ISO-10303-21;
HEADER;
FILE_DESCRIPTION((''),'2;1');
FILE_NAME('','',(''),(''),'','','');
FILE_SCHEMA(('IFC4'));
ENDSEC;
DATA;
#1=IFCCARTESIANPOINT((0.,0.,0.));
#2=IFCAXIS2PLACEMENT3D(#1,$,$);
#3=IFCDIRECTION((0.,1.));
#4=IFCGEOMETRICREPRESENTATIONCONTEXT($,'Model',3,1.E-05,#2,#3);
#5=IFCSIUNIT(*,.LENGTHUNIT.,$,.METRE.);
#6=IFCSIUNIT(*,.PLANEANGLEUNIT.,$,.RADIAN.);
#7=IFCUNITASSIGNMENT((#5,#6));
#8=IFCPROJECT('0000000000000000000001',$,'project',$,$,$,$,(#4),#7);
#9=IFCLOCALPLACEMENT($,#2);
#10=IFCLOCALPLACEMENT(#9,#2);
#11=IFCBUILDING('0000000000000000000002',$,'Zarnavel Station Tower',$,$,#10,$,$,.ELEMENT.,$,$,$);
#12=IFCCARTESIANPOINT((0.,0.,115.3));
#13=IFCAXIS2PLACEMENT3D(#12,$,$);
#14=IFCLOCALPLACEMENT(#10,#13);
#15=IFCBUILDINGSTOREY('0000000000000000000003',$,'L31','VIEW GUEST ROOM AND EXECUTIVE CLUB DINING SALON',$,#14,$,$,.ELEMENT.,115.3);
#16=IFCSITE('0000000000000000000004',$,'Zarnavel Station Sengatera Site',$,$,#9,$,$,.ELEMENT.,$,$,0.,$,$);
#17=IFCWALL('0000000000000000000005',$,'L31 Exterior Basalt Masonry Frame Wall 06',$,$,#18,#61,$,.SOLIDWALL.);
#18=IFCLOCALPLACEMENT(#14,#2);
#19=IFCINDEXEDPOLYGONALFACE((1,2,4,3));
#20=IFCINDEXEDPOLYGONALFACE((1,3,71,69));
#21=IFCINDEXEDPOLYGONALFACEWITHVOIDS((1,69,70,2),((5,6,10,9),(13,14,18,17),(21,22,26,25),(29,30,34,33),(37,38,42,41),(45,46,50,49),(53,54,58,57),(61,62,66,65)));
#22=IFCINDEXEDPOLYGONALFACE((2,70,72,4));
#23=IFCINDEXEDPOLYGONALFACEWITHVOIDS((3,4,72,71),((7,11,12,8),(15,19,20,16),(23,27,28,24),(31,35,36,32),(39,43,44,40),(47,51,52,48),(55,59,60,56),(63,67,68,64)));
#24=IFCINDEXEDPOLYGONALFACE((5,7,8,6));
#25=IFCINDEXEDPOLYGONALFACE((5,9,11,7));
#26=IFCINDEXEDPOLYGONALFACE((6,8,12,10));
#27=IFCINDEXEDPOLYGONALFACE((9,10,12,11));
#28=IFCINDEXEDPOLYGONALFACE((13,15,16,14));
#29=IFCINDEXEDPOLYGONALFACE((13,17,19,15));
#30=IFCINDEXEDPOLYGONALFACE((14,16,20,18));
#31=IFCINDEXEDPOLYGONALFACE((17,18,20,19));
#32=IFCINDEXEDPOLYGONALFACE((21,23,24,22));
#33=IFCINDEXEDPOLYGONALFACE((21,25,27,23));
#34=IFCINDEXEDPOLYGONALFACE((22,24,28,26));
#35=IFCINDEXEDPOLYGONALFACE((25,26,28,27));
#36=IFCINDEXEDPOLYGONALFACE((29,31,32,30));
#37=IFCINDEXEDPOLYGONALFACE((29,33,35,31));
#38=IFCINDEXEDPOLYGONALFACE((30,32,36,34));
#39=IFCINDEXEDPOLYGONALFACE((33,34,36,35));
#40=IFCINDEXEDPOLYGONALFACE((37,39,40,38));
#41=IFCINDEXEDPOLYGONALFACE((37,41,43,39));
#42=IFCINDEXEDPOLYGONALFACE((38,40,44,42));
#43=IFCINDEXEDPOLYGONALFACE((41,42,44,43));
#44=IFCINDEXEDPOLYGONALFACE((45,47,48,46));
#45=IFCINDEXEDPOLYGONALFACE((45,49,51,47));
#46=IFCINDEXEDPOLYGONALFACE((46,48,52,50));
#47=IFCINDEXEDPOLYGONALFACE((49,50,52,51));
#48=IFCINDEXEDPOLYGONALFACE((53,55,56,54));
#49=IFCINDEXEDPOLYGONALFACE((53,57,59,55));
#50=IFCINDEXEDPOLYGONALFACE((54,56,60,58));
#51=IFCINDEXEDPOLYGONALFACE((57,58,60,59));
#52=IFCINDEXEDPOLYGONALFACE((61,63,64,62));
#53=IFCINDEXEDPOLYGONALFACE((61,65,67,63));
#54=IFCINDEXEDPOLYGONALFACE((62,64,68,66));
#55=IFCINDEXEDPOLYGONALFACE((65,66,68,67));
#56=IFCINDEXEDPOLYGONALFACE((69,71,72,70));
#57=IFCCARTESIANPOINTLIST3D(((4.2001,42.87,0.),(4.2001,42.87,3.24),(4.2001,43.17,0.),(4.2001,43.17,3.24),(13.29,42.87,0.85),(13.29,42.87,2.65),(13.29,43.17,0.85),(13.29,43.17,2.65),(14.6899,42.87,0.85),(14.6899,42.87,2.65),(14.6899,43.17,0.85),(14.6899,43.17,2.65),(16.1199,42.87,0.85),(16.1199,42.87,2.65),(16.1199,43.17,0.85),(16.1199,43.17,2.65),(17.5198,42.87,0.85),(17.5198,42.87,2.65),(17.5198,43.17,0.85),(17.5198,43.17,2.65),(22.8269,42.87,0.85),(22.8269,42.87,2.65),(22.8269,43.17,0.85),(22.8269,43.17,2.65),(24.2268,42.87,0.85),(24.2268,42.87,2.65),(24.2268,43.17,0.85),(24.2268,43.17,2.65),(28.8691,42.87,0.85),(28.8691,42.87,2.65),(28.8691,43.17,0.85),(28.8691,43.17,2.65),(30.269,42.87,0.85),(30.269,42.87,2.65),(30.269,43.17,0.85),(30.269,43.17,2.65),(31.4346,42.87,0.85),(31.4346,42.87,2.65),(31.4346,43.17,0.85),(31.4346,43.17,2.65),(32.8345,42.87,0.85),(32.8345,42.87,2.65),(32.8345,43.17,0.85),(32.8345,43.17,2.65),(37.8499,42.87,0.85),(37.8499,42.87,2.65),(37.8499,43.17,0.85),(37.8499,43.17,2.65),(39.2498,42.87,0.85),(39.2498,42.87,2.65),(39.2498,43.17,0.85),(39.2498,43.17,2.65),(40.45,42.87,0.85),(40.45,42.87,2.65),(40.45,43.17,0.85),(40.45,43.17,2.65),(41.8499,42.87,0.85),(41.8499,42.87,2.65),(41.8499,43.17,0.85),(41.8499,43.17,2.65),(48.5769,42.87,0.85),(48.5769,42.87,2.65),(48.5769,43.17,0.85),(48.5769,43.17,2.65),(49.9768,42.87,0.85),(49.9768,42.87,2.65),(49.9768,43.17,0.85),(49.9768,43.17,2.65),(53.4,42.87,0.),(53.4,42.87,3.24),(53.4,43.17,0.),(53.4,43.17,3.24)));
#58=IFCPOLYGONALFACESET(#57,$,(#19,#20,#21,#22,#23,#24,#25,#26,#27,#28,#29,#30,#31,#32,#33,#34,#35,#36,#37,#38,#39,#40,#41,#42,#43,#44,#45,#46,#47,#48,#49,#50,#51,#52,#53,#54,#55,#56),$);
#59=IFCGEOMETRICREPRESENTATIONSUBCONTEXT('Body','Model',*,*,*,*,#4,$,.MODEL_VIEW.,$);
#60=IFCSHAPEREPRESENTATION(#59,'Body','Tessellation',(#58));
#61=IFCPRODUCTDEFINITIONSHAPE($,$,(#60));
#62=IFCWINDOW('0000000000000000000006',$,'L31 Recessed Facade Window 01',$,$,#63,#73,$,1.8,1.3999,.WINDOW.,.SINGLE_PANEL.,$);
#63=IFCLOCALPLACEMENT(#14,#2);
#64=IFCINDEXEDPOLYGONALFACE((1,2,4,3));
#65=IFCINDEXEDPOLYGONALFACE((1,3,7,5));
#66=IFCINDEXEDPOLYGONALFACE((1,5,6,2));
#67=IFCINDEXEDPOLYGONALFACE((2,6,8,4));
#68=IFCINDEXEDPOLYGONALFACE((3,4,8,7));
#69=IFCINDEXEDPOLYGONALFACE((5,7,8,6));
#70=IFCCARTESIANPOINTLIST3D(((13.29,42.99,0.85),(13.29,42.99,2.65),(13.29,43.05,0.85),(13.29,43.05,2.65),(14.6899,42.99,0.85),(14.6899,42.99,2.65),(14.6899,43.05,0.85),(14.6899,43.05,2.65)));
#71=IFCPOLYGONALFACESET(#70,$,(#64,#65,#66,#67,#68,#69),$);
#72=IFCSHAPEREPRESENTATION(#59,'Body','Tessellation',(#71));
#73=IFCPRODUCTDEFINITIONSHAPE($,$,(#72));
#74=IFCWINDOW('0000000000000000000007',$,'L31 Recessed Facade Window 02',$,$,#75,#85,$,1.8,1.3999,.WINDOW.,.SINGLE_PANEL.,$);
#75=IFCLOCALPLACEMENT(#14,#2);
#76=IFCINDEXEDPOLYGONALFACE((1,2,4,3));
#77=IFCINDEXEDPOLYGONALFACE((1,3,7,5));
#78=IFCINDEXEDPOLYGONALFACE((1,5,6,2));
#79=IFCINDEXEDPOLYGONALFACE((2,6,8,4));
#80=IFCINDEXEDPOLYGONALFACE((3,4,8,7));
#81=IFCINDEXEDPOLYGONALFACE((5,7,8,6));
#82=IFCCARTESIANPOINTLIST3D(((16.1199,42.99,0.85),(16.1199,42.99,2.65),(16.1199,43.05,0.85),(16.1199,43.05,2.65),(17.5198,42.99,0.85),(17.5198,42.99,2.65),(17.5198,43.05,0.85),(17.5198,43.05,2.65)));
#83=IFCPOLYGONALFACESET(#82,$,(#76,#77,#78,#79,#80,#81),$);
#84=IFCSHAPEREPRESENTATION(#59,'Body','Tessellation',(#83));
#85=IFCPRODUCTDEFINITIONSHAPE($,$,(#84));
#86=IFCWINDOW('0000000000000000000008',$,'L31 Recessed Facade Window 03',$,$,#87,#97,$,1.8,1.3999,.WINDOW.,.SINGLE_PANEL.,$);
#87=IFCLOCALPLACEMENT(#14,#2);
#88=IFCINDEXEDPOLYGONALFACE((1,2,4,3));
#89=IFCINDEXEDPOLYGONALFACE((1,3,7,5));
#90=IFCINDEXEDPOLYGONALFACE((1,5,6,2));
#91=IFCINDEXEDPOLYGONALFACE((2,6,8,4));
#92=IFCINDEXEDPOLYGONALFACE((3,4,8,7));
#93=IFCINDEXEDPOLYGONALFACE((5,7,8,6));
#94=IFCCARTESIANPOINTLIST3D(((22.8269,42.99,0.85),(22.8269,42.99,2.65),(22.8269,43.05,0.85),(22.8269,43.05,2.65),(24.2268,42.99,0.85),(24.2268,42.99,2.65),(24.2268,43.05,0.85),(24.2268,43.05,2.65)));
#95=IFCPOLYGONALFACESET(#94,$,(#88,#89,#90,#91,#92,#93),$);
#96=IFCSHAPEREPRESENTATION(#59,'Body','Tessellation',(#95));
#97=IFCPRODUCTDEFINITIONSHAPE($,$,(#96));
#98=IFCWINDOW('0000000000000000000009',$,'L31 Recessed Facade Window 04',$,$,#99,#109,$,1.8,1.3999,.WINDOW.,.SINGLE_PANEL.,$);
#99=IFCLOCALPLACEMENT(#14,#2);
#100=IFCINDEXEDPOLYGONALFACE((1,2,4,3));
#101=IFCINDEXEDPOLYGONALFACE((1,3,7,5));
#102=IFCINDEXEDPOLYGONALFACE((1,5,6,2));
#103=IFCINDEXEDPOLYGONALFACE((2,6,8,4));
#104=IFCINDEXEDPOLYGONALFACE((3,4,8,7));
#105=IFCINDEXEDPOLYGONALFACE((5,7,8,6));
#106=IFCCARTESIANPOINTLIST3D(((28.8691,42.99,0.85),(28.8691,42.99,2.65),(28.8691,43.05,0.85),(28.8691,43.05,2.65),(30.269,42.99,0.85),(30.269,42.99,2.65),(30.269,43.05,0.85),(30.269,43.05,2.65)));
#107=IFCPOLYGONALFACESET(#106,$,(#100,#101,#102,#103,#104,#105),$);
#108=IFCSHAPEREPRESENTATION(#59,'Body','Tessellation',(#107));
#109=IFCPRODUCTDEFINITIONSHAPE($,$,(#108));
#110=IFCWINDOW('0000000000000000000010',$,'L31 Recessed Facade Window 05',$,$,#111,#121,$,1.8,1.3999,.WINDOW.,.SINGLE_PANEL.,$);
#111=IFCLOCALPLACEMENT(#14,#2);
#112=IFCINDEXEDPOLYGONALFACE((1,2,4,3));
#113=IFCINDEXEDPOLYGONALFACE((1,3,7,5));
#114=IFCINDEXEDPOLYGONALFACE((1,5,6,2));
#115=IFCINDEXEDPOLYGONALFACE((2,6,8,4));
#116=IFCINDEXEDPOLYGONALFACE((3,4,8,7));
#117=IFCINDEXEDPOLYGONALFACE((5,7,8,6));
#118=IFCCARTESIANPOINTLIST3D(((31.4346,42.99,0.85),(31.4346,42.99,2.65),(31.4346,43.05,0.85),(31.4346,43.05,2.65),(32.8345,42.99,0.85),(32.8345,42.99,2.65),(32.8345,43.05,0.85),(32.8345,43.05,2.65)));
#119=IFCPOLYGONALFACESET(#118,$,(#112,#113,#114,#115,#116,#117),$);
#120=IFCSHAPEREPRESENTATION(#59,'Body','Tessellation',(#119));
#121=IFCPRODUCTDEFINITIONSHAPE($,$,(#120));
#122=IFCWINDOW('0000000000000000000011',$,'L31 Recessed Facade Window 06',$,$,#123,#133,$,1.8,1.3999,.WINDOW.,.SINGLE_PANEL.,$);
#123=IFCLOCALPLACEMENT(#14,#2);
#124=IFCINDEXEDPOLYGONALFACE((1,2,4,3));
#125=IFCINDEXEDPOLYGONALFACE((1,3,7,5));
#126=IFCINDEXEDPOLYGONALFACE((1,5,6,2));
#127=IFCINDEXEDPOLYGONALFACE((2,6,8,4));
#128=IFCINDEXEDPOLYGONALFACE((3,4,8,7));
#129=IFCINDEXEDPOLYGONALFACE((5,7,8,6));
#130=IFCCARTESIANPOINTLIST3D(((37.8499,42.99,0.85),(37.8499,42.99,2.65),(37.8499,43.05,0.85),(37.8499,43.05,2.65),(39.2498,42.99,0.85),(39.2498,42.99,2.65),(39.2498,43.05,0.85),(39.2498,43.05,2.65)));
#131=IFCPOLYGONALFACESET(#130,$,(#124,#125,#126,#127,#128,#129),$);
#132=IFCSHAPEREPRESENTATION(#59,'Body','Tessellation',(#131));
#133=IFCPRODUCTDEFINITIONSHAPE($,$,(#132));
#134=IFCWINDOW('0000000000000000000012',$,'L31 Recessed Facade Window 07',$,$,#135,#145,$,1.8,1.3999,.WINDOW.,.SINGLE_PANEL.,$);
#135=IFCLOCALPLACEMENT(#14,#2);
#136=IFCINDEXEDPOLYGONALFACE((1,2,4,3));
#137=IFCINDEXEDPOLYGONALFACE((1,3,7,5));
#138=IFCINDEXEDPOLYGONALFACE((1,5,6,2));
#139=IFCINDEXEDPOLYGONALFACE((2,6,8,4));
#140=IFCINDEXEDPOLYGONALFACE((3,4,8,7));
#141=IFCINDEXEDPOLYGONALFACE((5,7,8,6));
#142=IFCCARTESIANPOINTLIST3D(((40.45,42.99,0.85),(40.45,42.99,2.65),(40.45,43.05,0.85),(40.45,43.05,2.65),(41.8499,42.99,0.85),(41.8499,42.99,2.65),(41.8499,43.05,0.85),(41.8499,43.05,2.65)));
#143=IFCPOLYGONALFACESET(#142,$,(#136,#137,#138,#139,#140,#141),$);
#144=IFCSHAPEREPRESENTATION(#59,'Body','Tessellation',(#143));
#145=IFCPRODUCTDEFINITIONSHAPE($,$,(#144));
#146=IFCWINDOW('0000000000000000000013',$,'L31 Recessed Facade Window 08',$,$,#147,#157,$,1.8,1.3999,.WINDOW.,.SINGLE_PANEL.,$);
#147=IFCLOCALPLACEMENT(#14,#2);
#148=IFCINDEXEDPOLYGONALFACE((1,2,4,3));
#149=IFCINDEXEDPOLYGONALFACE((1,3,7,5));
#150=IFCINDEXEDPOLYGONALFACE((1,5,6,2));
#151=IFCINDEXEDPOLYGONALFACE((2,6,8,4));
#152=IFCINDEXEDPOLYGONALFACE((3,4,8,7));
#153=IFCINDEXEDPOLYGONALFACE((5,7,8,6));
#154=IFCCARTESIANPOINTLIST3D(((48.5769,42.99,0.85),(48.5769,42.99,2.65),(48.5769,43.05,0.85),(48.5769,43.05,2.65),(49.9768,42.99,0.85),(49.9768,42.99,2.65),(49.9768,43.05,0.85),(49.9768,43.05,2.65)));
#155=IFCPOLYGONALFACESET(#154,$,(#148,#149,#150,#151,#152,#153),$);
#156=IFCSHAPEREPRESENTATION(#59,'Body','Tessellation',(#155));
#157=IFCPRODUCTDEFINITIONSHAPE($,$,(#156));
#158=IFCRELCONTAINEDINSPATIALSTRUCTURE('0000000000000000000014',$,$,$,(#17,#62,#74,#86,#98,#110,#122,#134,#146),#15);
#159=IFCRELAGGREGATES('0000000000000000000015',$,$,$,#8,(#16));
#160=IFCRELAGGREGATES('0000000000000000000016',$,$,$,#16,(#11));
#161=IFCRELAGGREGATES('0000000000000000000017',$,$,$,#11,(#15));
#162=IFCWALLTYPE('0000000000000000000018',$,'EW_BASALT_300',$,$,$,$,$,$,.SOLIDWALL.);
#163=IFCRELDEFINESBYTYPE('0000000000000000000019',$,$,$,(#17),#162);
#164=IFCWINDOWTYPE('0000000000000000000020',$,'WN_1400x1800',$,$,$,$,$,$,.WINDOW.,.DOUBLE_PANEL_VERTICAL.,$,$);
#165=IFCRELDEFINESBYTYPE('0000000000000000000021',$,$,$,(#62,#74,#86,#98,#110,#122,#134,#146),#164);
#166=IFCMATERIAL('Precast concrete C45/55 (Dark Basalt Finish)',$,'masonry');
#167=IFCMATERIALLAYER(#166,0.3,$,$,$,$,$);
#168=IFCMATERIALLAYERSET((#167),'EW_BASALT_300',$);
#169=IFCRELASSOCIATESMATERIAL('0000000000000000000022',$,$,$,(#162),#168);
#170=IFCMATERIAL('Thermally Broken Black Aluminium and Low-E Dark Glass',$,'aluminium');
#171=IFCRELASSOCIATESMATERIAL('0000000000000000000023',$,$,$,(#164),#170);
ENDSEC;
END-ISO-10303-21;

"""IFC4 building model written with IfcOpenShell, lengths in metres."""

from ifc_helpers import new_model, si_unit, direction, frame, frame_2d, origin, place, context, subcontext, project, spatial, rectangle, extrude, material, layer, layer_set, type_object, element, fill, save


model = new_model("IFC4")

# Units and contexts
model_context = context("Model", 3, precision=1e-05, world=origin(), true_north=direction((0.0, 1.0)))
body_context = subcontext(model_context, "Body", "Model", "MODEL_VIEW")
ifc_project = project(units=[si_unit("LENGTHUNIT", "METRE"), si_unit("PLANEANGLEUNIT", "RADIAN")], contexts=[model_context])

# Site, building, storey
site_placement = place(None, origin())
site = spatial("IfcSite", under=ifc_project, at=site_placement, Name="Zarnavel Station Sengatera Site", CompositionType="ELEMENT", RefElevation=0.0)
building_placement = place(site_placement, origin())
building = spatial("IfcBuilding", under=site, at=building_placement, Name="Zarnavel Station Tower", CompositionType="ELEMENT")
storey_placement = place(building_placement, frame((0.0, 0.0, 115.3)))
storey = spatial("IfcBuildingStorey", under=building, at=storey_placement, Name="L31", Description="VIEW GUEST ROOM AND EXECUTIVE CLUB DINING SALON", CompositionType="ELEMENT", Elevation=115.3)

# Wall, openings, windows
ifc_material_1 = material(Name="Precast concrete C45/55 (Dark Basalt Finish)", Category="masonry")
ifc_layer_1 = layer(ifc_material_1, 0.3)
ifc_layer_set_1 = layer_set([ifc_layer_1], Name="EW_BASALT_300")
wall_type_1 = type_object("IfcWallType", Name="EW_BASALT_300", PredefinedType="SOLIDWALL", material=ifc_layer_set_1)
wall_1_placement = place(storey_placement, frame((4.2, 43.02, 0.0), z_axis=(0.0, 0.0, 1.0), x_axis=(1.0, 0.0, 0.0)))
wall_1 = element("IfcWall", 1, at=wall_1_placement, inside=storey, type_object=wall_type_1, Name="L31 Exterior Basalt Masonry Frame Wall 06", PredefinedType="SOLIDWALL", context=body_context, shape_type="SweptSolid", body=[
    extrude(rectangle(XDim=49.2, YDim=0.3, at=frame_2d((24.6001, 0.0))), origin(), (0.0, 0.0, 1.0), 3.24),
])
opening_1_placement = place(wall_1_placement, frame((9.0901, 0.0, 0.8501)))
opening_1 = element("IfcOpeningElement", 2, at=opening_1_placement, cuts=wall_1, PredefinedType="OPENING", context=body_context, shape_type="SweptSolid", body=[
    extrude(rectangle(XDim=1.3999, YDim=1.8, at=frame_2d((0.7, 0.8999))), frame((0.0, 0.1599, 0.0), z_axis=(0.0, -1.0, 0.0), x_axis=(1.0, 0.0, 0.0)), (0.0, 0.0, 1.0), 0.3201),
])
opening_2_placement = place(wall_1_placement, frame((11.9199, 0.0, 0.8501)))
opening_2 = element("IfcOpeningElement", 3, at=opening_2_placement, cuts=wall_1, PredefinedType="OPENING", context=body_context, shape_type="SweptSolid", body=[
    extrude(rectangle(XDim=1.3999, YDim=1.8, at=frame_2d((0.7, 0.8999))), frame((0.0, 0.1599, 0.0), z_axis=(0.0, -1.0, 0.0), x_axis=(1.0, 0.0, 0.0)), (0.0, 0.0, 1.0), 0.3201),
])
opening_3_placement = place(wall_1_placement, frame((18.627, 0.0, 0.8501)))
opening_3 = element("IfcOpeningElement", 4, at=opening_3_placement, cuts=wall_1, PredefinedType="OPENING", context=body_context, shape_type="SweptSolid", body=[
    extrude(rectangle(XDim=1.3999, YDim=1.8, at=frame_2d((0.7, 0.8999))), frame((0.0, 0.1599, 0.0), z_axis=(0.0, -1.0, 0.0), x_axis=(1.0, 0.0, 0.0)), (0.0, 0.0, 1.0), 0.3201),
])
opening_4_placement = place(wall_1_placement, frame((24.6692, 0.0, 0.8501)))
opening_4 = element("IfcOpeningElement", 5, at=opening_4_placement, cuts=wall_1, PredefinedType="OPENING", context=body_context, shape_type="SweptSolid", body=[
    extrude(rectangle(XDim=1.3999, YDim=1.8, at=frame_2d((0.7, 0.8999))), frame((0.0, 0.1599, 0.0), z_axis=(0.0, -1.0, 0.0), x_axis=(1.0, 0.0, 0.0)), (0.0, 0.0, 1.0), 0.3201),
])
opening_5_placement = place(wall_1_placement, frame((27.2346, 0.0, 0.8501)))
opening_5 = element("IfcOpeningElement", 6, at=opening_5_placement, cuts=wall_1, PredefinedType="OPENING", context=body_context, shape_type="SweptSolid", body=[
    extrude(rectangle(XDim=1.3999, YDim=1.8, at=frame_2d((0.7, 0.8999))), frame((0.0, 0.1599, 0.0), z_axis=(0.0, -1.0, 0.0), x_axis=(1.0, 0.0, 0.0)), (0.0, 0.0, 1.0), 0.3201),
])
opening_6_placement = place(wall_1_placement, frame((33.6499, 0.0, 0.8501)))
opening_6 = element("IfcOpeningElement", 7, at=opening_6_placement, cuts=wall_1, PredefinedType="OPENING", context=body_context, shape_type="SweptSolid", body=[
    extrude(rectangle(XDim=1.3999, YDim=1.8, at=frame_2d((0.7, 0.8999))), frame((0.0, 0.1599, 0.0), z_axis=(0.0, -1.0, 0.0), x_axis=(1.0, 0.0, 0.0)), (0.0, 0.0, 1.0), 0.3201),
])
opening_7_placement = place(wall_1_placement, frame((36.25, 0.0, 0.8501)))
opening_7 = element("IfcOpeningElement", 8, at=opening_7_placement, cuts=wall_1, PredefinedType="OPENING", context=body_context, shape_type="SweptSolid", body=[
    extrude(rectangle(XDim=1.3999, YDim=1.8, at=frame_2d((0.7, 0.8999))), frame((0.0, 0.1599, 0.0), z_axis=(0.0, -1.0, 0.0), x_axis=(1.0, 0.0, 0.0)), (0.0, 0.0, 1.0), 0.3201),
])
opening_8_placement = place(wall_1_placement, frame((44.377, 0.0, 0.8501)))
opening_8 = element("IfcOpeningElement", 9, at=opening_8_placement, cuts=wall_1, PredefinedType="OPENING", context=body_context, shape_type="SweptSolid", body=[
    extrude(rectangle(XDim=1.3999, YDim=1.8, at=frame_2d((0.7, 0.8999))), frame((0.0, 0.1599, 0.0), z_axis=(0.0, -1.0, 0.0), x_axis=(1.0, 0.0, 0.0)), (0.0, 0.0, 1.0), 0.3201),
])
ifc_material_2 = material(Name="Thermally Broken Black Aluminium and Low-E Dark Glass", Category="aluminium")
window_type = type_object("IfcWindowType", Name="WN_1400x1800", PartitioningType="DOUBLE_PANEL_VERTICAL", PredefinedType="WINDOW", material=ifc_material_2)
window_1_placement = place(opening_1_placement, origin())
window_1 = element("IfcWindow", 10, at=window_1_placement, inside=storey, type_object=window_type, Name="L31 Recessed Facade Window 01", OverallHeight=1.8, OverallWidth=1.3999, PartitioningType="SINGLE_PANEL", PredefinedType="WINDOW", context=body_context, shape_type="SweptSolid", body=[
    extrude(rectangle(XDim=1.3999, YDim=1.8, at=frame_2d((0.7, 0.8999))), frame((0.0, 0.03, 0.0), z_axis=(0.0, -1.0, 0.0), x_axis=(1.0, 0.0, 0.0)), (0.0, 0.0, 1.0), 0.0601),
])
fill(opening_1, window_1)
window_2_placement = place(opening_2_placement, origin())
window_2 = element("IfcWindow", 11, at=window_2_placement, inside=storey, type_object=window_type, Name="L31 Recessed Facade Window 02", OverallHeight=1.8, OverallWidth=1.3999, PartitioningType="SINGLE_PANEL", PredefinedType="WINDOW", context=body_context, shape_type="SweptSolid", body=[
    extrude(rectangle(XDim=1.3999, YDim=1.8, at=frame_2d((0.7, 0.8999))), frame((0.0, 0.03, 0.0), z_axis=(0.0, -1.0, 0.0), x_axis=(1.0, 0.0, 0.0)), (0.0, 0.0, 1.0), 0.0601),
])
fill(opening_2, window_2)
window_3_placement = place(opening_3_placement, origin())
window_3 = element("IfcWindow", 12, at=window_3_placement, inside=storey, type_object=window_type, Name="L31 Recessed Facade Window 03", OverallHeight=1.8, OverallWidth=1.3999, PartitioningType="SINGLE_PANEL", PredefinedType="WINDOW", context=body_context, shape_type="SweptSolid", body=[
    extrude(rectangle(XDim=1.3999, YDim=1.8, at=frame_2d((0.7, 0.8999))), frame((0.0, 0.03, 0.0), z_axis=(0.0, -1.0, 0.0), x_axis=(1.0, 0.0, 0.0)), (0.0, 0.0, 1.0), 0.0601),
])
fill(opening_3, window_3)
window_4_placement = place(opening_4_placement, origin())
window_4 = element("IfcWindow", 13, at=window_4_placement, inside=storey, type_object=window_type, Name="L31 Recessed Facade Window 04", OverallHeight=1.8, OverallWidth=1.3999, PartitioningType="SINGLE_PANEL", PredefinedType="WINDOW", context=body_context, shape_type="SweptSolid", body=[
    extrude(rectangle(XDim=1.3999, YDim=1.8, at=frame_2d((0.7, 0.8999))), frame((0.0, 0.03, 0.0), z_axis=(0.0, -1.0, 0.0), x_axis=(1.0, 0.0, 0.0)), (0.0, 0.0, 1.0), 0.0601),
])
fill(opening_4, window_4)
window_5_placement = place(opening_5_placement, origin())
window_5 = element("IfcWindow", 14, at=window_5_placement, inside=storey, type_object=window_type, Name="L31 Recessed Facade Window 05", OverallHeight=1.8, OverallWidth=1.3999, PartitioningType="SINGLE_PANEL", PredefinedType="WINDOW", context=body_context, shape_type="SweptSolid", body=[
    extrude(rectangle(XDim=1.3999, YDim=1.8, at=frame_2d((0.7, 0.8999))), frame((0.0, 0.03, 0.0), z_axis=(0.0, -1.0, 0.0), x_axis=(1.0, 0.0, 0.0)), (0.0, 0.0, 1.0), 0.0601),
])
fill(opening_5, window_5)
window_6_placement = place(opening_6_placement, origin())
window_6 = element("IfcWindow", 15, at=window_6_placement, inside=storey, type_object=window_type, Name="L31 Recessed Facade Window 06", OverallHeight=1.8, OverallWidth=1.3999, PartitioningType="SINGLE_PANEL", PredefinedType="WINDOW", context=body_context, shape_type="SweptSolid", body=[
    extrude(rectangle(XDim=1.3999, YDim=1.8, at=frame_2d((0.7, 0.8999))), frame((0.0, 0.03, 0.0), z_axis=(0.0, -1.0, 0.0), x_axis=(1.0, 0.0, 0.0)), (0.0, 0.0, 1.0), 0.0601),
])
fill(opening_6, window_6)
window_7_placement = place(opening_7_placement, origin())
window_7 = element("IfcWindow", 16, at=window_7_placement, inside=storey, type_object=window_type, Name="L31 Recessed Facade Window 07", OverallHeight=1.8, OverallWidth=1.3999, PartitioningType="SINGLE_PANEL", PredefinedType="WINDOW", context=body_context, shape_type="SweptSolid", body=[
    extrude(rectangle(XDim=1.3999, YDim=1.8, at=frame_2d((0.7, 0.8999))), frame((0.0, 0.03, 0.0), z_axis=(0.0, -1.0, 0.0), x_axis=(1.0, 0.0, 0.0)), (0.0, 0.0, 1.0), 0.0601),
])
fill(opening_7, window_7)
window_8_placement = place(opening_8_placement, origin())
window_8 = element("IfcWindow", 17, at=window_8_placement, inside=storey, type_object=window_type, Name="L31 Recessed Facade Window 08", OverallHeight=1.8, OverallWidth=1.3999, PartitioningType="SINGLE_PANEL", PredefinedType="WINDOW", context=body_context, shape_type="SweptSolid", body=[
    extrude(rectangle(XDim=1.3999, YDim=1.8, at=frame_2d((0.7, 0.8999))), frame((0.0, 0.03, 0.0), z_axis=(0.0, -1.0, 0.0), x_axis=(1.0, 0.0, 0.0)), (0.0, 0.0, 1.0), 0.0601),
])
fill(opening_8, window_8)

save(model, "model.ifc")
